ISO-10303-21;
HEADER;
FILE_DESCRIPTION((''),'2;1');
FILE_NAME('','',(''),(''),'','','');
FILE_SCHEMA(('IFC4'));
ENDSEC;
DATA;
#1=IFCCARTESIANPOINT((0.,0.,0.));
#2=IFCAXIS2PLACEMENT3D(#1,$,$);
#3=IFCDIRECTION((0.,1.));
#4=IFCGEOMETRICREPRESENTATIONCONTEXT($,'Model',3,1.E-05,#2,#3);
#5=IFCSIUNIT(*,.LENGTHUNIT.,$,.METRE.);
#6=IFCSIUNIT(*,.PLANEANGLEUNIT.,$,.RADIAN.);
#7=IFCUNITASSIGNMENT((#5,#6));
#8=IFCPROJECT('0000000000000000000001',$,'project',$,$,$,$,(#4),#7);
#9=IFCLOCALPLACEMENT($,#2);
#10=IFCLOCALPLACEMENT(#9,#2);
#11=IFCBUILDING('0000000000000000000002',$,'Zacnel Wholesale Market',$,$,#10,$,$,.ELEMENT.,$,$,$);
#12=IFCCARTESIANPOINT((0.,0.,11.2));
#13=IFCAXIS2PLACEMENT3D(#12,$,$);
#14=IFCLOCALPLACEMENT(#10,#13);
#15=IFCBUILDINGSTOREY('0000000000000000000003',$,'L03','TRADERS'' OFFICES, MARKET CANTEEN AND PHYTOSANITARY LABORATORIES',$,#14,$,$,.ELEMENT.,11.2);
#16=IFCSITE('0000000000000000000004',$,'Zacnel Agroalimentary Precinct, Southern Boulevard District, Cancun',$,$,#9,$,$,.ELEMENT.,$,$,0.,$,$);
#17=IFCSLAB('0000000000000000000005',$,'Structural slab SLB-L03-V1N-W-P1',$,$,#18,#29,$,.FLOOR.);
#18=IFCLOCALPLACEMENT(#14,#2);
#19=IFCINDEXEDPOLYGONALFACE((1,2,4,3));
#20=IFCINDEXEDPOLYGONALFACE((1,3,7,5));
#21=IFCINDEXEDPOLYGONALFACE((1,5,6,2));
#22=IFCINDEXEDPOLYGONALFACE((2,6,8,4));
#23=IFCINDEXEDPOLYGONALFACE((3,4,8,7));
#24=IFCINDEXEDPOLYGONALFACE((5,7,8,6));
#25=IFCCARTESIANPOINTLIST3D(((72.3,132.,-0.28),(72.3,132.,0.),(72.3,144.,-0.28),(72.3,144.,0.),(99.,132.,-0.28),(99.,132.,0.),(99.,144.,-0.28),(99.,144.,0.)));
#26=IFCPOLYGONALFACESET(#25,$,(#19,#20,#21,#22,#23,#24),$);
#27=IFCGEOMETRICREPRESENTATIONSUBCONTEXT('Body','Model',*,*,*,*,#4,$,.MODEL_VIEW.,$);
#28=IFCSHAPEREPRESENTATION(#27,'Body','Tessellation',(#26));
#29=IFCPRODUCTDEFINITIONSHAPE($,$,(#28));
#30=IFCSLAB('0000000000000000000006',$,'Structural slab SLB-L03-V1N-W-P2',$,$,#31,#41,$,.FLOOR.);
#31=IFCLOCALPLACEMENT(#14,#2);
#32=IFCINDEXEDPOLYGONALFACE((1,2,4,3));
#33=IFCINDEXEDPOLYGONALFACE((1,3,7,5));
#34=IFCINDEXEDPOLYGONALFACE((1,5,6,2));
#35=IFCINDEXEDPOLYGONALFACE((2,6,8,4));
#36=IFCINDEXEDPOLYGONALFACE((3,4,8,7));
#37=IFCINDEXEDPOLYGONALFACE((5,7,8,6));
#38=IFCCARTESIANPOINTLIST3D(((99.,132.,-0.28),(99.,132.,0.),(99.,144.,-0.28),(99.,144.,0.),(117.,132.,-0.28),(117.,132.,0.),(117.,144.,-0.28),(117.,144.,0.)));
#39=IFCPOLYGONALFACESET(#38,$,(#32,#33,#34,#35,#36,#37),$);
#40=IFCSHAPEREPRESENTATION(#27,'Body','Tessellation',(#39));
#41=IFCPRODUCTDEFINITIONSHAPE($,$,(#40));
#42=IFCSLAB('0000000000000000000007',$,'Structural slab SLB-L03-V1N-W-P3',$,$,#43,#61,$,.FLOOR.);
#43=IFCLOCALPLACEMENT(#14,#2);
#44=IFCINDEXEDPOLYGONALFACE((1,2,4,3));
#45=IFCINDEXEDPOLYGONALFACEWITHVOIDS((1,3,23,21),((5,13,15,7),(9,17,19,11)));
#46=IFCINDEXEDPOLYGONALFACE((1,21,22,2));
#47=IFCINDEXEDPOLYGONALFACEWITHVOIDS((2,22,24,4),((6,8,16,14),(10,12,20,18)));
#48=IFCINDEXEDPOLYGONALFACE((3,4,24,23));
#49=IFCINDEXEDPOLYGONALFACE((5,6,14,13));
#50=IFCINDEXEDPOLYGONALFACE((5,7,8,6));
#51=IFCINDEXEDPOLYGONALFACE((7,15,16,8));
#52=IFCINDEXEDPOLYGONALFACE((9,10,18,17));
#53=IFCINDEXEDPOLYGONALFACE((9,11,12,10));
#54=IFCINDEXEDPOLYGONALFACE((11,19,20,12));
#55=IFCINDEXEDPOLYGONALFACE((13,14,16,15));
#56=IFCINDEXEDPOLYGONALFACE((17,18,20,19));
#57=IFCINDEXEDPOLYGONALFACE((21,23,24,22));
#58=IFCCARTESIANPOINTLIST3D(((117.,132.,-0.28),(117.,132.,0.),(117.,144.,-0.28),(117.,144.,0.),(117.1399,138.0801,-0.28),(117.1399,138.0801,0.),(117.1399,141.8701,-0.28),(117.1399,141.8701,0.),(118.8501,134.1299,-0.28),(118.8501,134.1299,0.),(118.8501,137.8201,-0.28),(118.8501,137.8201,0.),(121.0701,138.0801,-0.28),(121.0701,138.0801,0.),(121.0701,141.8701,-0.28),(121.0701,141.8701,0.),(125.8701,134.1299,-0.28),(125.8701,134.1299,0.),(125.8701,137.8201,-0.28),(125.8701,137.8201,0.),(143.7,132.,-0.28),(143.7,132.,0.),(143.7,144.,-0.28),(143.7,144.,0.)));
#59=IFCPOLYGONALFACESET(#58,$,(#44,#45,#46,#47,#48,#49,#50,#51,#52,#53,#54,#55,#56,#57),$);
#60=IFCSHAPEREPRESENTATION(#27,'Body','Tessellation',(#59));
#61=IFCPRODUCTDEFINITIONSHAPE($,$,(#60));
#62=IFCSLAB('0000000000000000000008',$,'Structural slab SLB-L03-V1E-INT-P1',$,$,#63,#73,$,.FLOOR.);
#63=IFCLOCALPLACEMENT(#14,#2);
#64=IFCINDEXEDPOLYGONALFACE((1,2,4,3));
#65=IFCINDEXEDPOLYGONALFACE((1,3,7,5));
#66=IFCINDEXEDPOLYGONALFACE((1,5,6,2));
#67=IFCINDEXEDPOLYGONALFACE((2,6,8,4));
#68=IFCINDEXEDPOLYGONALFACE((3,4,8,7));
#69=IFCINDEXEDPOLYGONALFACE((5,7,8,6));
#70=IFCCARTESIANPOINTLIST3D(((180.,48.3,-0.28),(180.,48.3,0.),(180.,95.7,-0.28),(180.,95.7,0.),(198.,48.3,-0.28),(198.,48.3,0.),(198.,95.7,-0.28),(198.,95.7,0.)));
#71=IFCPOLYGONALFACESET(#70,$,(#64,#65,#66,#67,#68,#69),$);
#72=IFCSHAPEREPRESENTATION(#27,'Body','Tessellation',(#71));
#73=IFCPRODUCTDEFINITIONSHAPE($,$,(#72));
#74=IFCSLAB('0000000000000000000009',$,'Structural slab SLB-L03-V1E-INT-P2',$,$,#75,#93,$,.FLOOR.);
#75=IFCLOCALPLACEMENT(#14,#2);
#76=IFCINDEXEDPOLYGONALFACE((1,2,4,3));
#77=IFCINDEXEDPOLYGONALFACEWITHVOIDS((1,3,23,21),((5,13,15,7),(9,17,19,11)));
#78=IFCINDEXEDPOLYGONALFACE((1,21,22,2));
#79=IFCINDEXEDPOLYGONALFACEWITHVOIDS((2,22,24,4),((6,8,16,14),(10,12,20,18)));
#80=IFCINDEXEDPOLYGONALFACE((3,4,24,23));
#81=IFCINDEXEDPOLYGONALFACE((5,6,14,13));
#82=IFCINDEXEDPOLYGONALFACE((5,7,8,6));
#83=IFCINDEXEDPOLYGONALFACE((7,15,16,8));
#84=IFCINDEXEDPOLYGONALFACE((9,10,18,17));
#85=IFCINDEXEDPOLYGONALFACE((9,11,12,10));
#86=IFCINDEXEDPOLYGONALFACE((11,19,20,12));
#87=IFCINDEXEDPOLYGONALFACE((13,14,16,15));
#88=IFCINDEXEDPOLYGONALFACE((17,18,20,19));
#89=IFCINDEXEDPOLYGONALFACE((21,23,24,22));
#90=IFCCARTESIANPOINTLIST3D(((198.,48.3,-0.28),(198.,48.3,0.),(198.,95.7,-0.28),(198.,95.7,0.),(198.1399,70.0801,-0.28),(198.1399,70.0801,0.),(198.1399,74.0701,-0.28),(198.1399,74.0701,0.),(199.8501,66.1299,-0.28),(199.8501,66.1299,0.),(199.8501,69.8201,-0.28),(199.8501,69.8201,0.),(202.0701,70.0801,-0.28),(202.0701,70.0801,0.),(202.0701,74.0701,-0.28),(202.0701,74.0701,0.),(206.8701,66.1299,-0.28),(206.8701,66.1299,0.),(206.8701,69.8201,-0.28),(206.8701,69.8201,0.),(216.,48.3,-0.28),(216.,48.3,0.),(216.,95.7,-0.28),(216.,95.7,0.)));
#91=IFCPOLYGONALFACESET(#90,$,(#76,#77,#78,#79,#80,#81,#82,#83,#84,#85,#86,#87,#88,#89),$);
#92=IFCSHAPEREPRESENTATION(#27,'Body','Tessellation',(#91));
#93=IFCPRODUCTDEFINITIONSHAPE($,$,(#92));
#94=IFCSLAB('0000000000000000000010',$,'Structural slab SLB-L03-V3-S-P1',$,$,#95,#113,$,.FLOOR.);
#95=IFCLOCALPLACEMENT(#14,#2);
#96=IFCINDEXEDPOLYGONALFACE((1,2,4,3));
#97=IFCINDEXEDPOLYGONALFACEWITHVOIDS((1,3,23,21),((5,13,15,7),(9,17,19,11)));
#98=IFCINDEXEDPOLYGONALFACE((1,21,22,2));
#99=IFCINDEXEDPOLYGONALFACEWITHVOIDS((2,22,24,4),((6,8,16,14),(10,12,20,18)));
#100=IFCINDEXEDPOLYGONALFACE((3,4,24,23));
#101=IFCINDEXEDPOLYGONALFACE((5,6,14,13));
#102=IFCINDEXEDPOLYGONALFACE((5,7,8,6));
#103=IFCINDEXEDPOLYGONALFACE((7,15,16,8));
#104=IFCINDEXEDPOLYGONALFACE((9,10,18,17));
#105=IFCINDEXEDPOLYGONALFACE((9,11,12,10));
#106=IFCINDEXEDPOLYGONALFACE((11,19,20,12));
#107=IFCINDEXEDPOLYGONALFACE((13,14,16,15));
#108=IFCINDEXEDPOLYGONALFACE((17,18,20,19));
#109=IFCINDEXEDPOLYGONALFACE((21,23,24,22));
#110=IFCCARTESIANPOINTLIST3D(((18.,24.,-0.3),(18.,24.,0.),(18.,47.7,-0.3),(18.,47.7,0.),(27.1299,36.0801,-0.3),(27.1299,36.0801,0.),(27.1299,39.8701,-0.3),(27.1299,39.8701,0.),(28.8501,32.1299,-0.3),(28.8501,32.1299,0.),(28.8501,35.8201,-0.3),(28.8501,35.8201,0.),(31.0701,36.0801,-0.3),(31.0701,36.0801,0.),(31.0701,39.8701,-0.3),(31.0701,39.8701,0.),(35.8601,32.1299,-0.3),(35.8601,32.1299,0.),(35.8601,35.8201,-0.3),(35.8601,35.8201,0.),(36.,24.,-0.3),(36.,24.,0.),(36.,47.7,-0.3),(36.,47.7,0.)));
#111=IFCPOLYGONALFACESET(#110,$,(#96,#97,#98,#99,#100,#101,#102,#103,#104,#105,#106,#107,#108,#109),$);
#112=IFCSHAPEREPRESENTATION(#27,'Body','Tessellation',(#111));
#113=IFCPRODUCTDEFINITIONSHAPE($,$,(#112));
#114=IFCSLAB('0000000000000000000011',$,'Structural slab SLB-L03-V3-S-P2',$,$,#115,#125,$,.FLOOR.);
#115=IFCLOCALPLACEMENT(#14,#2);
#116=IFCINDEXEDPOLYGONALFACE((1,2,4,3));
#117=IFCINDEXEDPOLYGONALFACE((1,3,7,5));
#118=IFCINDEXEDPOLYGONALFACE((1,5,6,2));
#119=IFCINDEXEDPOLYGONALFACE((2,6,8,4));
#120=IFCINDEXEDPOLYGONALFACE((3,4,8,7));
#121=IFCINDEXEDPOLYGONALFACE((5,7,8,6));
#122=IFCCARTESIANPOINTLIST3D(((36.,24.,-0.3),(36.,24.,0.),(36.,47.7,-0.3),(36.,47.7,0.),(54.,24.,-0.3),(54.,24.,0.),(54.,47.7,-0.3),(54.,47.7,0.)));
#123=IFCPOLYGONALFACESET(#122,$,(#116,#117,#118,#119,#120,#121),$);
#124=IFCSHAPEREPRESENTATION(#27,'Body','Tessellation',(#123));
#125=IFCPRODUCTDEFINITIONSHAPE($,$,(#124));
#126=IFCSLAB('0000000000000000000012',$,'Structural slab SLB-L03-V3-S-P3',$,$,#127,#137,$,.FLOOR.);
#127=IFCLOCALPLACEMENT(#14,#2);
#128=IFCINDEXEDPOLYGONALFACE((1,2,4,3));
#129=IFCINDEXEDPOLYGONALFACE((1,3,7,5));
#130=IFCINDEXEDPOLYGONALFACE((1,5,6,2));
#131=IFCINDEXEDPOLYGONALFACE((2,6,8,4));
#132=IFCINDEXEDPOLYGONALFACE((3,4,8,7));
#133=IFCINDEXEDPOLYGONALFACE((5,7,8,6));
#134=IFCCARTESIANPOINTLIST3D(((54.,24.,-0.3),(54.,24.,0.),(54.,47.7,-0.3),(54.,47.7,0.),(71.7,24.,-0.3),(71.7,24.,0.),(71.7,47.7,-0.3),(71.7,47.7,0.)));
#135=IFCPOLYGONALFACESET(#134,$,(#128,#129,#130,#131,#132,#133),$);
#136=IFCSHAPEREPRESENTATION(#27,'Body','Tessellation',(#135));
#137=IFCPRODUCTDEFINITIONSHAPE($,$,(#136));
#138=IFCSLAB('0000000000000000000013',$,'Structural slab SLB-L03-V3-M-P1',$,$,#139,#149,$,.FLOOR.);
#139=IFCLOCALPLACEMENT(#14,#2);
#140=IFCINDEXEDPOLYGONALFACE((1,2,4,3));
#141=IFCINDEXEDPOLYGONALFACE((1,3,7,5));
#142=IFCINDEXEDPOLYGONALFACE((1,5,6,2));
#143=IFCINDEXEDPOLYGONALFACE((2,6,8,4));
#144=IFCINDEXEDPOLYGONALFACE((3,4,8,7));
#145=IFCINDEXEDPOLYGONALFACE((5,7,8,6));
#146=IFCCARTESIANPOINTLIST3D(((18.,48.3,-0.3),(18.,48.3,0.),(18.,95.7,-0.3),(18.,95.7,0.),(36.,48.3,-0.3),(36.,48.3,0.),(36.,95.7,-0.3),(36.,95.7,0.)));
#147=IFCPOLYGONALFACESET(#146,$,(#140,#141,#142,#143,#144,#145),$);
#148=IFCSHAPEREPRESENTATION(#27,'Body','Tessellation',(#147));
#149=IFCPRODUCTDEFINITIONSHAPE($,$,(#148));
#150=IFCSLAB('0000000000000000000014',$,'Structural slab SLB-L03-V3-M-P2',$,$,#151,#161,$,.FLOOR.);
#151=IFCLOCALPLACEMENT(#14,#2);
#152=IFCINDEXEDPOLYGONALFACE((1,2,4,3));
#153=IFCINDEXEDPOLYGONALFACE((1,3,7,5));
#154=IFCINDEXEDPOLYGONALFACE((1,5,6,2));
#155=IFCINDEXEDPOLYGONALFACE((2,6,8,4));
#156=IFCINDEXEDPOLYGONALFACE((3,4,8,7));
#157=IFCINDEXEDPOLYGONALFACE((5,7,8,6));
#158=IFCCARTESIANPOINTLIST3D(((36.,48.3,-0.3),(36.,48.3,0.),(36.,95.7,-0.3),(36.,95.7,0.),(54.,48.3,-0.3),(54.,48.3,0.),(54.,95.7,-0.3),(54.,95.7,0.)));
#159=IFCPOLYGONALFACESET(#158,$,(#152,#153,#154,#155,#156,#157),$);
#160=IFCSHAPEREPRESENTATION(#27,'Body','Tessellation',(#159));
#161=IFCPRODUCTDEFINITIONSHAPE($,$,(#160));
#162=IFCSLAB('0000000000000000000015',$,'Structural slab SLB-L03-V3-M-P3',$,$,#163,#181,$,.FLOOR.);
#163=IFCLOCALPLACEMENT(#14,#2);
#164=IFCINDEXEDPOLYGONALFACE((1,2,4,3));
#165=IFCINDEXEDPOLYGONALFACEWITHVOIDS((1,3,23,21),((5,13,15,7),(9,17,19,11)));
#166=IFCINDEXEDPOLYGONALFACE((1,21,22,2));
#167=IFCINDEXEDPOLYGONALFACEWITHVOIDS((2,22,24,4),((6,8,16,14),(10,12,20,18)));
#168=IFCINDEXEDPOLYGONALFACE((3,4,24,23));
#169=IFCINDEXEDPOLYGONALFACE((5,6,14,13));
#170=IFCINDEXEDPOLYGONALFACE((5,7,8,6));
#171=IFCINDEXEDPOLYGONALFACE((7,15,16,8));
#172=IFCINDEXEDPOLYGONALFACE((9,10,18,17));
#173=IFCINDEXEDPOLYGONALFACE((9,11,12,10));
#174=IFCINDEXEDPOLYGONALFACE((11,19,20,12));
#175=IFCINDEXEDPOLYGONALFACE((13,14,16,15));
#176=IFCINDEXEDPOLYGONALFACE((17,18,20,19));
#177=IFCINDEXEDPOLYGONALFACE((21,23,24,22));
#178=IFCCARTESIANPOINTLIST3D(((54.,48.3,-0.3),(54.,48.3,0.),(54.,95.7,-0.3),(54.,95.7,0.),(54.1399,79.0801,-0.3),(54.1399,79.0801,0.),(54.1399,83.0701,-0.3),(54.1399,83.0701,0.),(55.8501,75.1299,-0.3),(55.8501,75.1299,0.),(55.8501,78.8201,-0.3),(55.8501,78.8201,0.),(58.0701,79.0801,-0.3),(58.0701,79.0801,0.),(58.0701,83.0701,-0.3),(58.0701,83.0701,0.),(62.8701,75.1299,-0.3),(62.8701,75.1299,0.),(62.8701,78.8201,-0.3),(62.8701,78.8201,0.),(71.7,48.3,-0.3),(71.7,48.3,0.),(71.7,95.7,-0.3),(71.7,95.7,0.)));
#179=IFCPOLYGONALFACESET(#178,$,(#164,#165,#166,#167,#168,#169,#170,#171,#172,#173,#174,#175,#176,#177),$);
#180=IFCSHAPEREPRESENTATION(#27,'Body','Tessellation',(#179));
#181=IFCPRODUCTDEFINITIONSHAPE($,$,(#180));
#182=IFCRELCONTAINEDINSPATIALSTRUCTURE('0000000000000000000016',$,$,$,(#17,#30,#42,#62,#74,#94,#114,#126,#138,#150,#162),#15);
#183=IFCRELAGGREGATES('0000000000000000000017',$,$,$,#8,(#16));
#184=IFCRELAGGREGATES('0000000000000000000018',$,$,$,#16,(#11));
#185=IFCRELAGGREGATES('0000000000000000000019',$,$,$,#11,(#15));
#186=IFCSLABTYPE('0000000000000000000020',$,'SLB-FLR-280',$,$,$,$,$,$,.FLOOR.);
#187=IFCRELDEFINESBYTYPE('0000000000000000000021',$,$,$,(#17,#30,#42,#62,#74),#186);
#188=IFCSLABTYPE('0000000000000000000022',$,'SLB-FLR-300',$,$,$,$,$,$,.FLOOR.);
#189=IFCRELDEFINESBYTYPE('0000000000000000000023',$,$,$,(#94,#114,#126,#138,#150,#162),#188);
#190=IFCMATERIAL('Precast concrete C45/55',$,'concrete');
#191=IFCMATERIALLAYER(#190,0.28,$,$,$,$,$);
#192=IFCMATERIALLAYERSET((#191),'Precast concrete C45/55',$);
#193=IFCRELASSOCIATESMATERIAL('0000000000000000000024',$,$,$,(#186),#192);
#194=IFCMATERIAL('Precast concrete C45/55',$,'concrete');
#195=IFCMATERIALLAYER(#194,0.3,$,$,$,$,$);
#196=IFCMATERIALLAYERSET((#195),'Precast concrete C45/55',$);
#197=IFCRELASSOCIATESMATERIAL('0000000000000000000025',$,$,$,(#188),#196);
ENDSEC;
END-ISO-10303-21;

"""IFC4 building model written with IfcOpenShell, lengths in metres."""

from ifc_helpers import new_model, si_unit, direction, frame, origin, place, context, subcontext, project, spatial, polyline, outline, extrude, material, layer, layer_set, type_object, element, save


model = new_model("IFC4")

# Units and contexts
model_context = context("Model", 3, precision=1e-05, world=origin(), true_north=direction((0.0, 1.0)))
body_context = subcontext(model_context, "Body", "Model", "MODEL_VIEW")
ifc_project = project(units=[si_unit("LENGTHUNIT", "METRE"), si_unit("PLANEANGLEUNIT", "RADIAN")], contexts=[model_context])

# Site, building, storey
site_placement = place(None, origin())
site = spatial("IfcSite", under=ifc_project, at=site_placement, Name="Zacnel Agroalimentary Precinct, Southern Boulevard District, Cancun", CompositionType="ELEMENT", RefElevation=0.0)
building_placement = place(site_placement, origin())
building = spatial("IfcBuilding", under=site, at=building_placement, Name="Zacnel Wholesale Market", CompositionType="ELEMENT")
storey_placement = place(building_placement, frame((0.0, 0.0, 11.2)))
storey = spatial("IfcBuildingStorey", under=building, at=storey_placement, Name="L03", Description="TRADERS' OFFICES, MARKET CANTEEN AND PHYTOSANITARY LABORATORIES", CompositionType="ELEMENT", Elevation=11.2)

# Slabs
ifc_material_1 = material(Name="Precast concrete C45/55", Category="concrete")
ifc_layer_1 = layer(ifc_material_1, 0.28)
ifc_layer_set_1 = layer_set([ifc_layer_1], Name="Precast concrete C45/55")
slab_type_1 = type_object("IfcSlabType", Name="SLB-FLR-280", PredefinedType="FLOOR", material=ifc_layer_set_1)
slab_1_placement = place(storey_placement, frame((0.0, 0.0, -0.28)))
element("IfcSlab", 1, at=slab_1_placement, inside=storey, type_object=slab_type_1, Name="Structural slab SLB-L03-V1N-W-P1", PredefinedType="FLOOR", context=body_context, shape_type="SweptSolid", body=[
    extrude(outline(polyline([(99.0, 144.0), (99.0, 132.0), (72.3, 132.0), (72.3, 144.0), (99.0, 144.0)])), origin(), (0.0, 0.0, 1.0), 0.28),
])
slab_2_placement = place(storey_placement, frame((0.0, 0.0, -0.28)))
element("IfcSlab", 2, at=slab_2_placement, inside=storey, type_object=slab_type_1, Name="Structural slab SLB-L03-V1N-W-P2", PredefinedType="FLOOR", context=body_context, shape_type="SweptSolid", body=[
    extrude(outline(polyline([(117.0, 144.0), (117.0, 132.0), (99.0, 132.0), (99.0, 144.0), (117.0, 144.0)])), origin(), (0.0, 0.0, 1.0), 0.28),
])
slab_3_placement = place(storey_placement, frame((0.0, 0.0, -0.28)))
element("IfcSlab", 3, at=slab_3_placement, inside=storey, type_object=slab_type_1, Name="Structural slab SLB-L03-V1N-W-P3", PredefinedType="FLOOR", context=body_context, shape_type="SweptSolid", body=[
    extrude(outline(polyline([(143.7, 132.0), (117.0, 132.0), (117.0, 144.0), (143.7, 144.0), (143.7, 132.0)]), holes=[polyline([(118.8501, 134.1299), (125.8701, 134.1299), (125.8701, 137.8201), (118.8501, 137.8201), (118.8501, 134.1299)]), polyline([(117.1399, 138.0801), (121.0701, 138.0801), (121.0701, 141.8701), (117.1399, 141.8701), (117.1399, 138.0801)])]), origin(), (0.0, 0.0, 1.0), 0.28),
])
slab_4_placement = place(storey_placement, frame((0.0, 0.0, -0.28)))
element("IfcSlab", 4, at=slab_4_placement, inside=storey, type_object=slab_type_1, Name="Structural slab SLB-L03-V1E-INT-P1", PredefinedType="FLOOR", context=body_context, shape_type="SweptSolid", body=[
    extrude(outline(polyline([(198.0, 95.7), (198.0, 48.3), (180.0, 48.3), (180.0, 95.7), (198.0, 95.7)])), origin(), (0.0, 0.0, 1.0), 0.28),
])
slab_5_placement = place(storey_placement, frame((0.0, 0.0, -0.28)))
element("IfcSlab", 5, at=slab_5_placement, inside=storey, type_object=slab_type_1, Name="Structural slab SLB-L03-V1E-INT-P2", PredefinedType="FLOOR", context=body_context, shape_type="SweptSolid", body=[
    extrude(outline(polyline([(216.0, 48.3), (198.0, 48.3), (198.0, 95.7), (216.0, 95.7), (216.0, 48.3)]), holes=[polyline([(199.8501, 66.1299), (206.8701, 66.1299), (206.8701, 69.8201), (199.8501, 69.8201), (199.8501, 66.1299)]), polyline([(198.1399, 70.0801), (202.0701, 70.0801), (202.0701, 74.0701), (198.1399, 74.0701), (198.1399, 70.0801)])]), origin(), (0.0, 0.0, 1.0), 0.28),
])
ifc_material_2 = material(Name="Precast concrete C45/55", Category="concrete")
ifc_layer_2 = layer(ifc_material_2, 0.3)
ifc_layer_set_2 = layer_set([ifc_layer_2], Name="Precast concrete C45/55")
slab_type_2 = type_object("IfcSlabType", Name="SLB-FLR-300", PredefinedType="FLOOR", material=ifc_layer_set_2)
slab_6_placement = place(storey_placement, frame((0.0, 0.0, -0.3)))
element("IfcSlab", 6, at=slab_6_placement, inside=storey, type_object=slab_type_2, Name="Structural slab SLB-L03-V3-S-P1", PredefinedType="FLOOR", context=body_context, shape_type="SweptSolid", body=[
    extrude(outline(polyline([(36.0, 47.7), (36.0, 24.0), (18.0, 24.0), (18.0, 47.7), (36.0, 47.7)]), holes=[polyline([(28.8501, 32.1299), (35.8601, 32.1299), (35.8601, 35.8201), (28.8501, 35.8201), (28.8501, 32.1299)]), polyline([(27.1299, 36.0801), (31.0701, 36.0801), (31.0701, 39.8701), (27.1299, 39.8701), (27.1299, 36.0801)])]), origin(), (0.0, 0.0, 1.0), 0.3),
])
slab_7_placement = place(storey_placement, frame((0.0, 0.0, -0.3)))
element("IfcSlab", 7, at=slab_7_placement, inside=storey, type_object=slab_type_2, Name="Structural slab SLB-L03-V3-S-P2", PredefinedType="FLOOR", context=body_context, shape_type="SweptSolid", body=[
    extrude(outline(polyline([(54.0, 47.7), (54.0, 24.0), (36.0, 24.0), (36.0, 47.7), (54.0, 47.7)])), origin(), (0.0, 0.0, 1.0), 0.3),
])
slab_8_placement = place(storey_placement, frame((0.0, 0.0, -0.3)))
element("IfcSlab", 8, at=slab_8_placement, inside=storey, type_object=slab_type_2, Name="Structural slab SLB-L03-V3-S-P3", PredefinedType="FLOOR", context=body_context, shape_type="SweptSolid", body=[
    extrude(outline(polyline([(71.7, 24.0), (54.0, 24.0), (54.0, 47.7), (71.7, 47.7), (71.7, 24.0)])), origin(), (0.0, 0.0, 1.0), 0.3),
])
slab_9_placement = place(storey_placement, frame((0.0, 0.0, -0.3)))
element("IfcSlab", 9, at=slab_9_placement, inside=storey, type_object=slab_type_2, Name="Structural slab SLB-L03-V3-M-P1", PredefinedType="FLOOR", context=body_context, shape_type="SweptSolid", body=[
    extrude(outline(polyline([(36.0, 95.7), (36.0, 48.3), (18.0, 48.3), (18.0, 95.7), (36.0, 95.7)])), origin(), (0.0, 0.0, 1.0), 0.3),
])
slab_10_placement = place(storey_placement, frame((0.0, 0.0, -0.3)))
element("IfcSlab", 10, at=slab_10_placement, inside=storey, type_object=slab_type_2, Name="Structural slab SLB-L03-V3-M-P2", PredefinedType="FLOOR", context=body_context, shape_type="SweptSolid", body=[
    extrude(outline(polyline([(54.0, 95.7), (54.0, 48.3), (36.0, 48.3), (36.0, 95.7), (54.0, 95.7)])), origin(), (0.0, 0.0, 1.0), 0.3),
])
slab_11_placement = place(storey_placement, frame((0.0, 0.0, -0.3)))
element("IfcSlab", 11, at=slab_11_placement, inside=storey, type_object=slab_type_2, Name="Structural slab SLB-L03-V3-M-P3", PredefinedType="FLOOR", context=body_context, shape_type="SweptSolid", body=[
    extrude(outline(polyline([(71.7, 48.3), (54.0, 48.3), (54.0, 95.7), (71.7, 95.7), (71.7, 48.3)]), holes=[polyline([(55.8501, 75.1299), (62.8701, 75.1299), (62.8701, 78.8201), (55.8501, 78.8201), (55.8501, 75.1299)]), polyline([(54.1399, 79.0801), (58.0701, 79.0801), (58.0701, 83.0701), (54.1399, 83.0701), (54.1399, 79.0801)])]), origin(), (0.0, 0.0, 1.0), 0.3),
])

save(model, "model.ifc")
